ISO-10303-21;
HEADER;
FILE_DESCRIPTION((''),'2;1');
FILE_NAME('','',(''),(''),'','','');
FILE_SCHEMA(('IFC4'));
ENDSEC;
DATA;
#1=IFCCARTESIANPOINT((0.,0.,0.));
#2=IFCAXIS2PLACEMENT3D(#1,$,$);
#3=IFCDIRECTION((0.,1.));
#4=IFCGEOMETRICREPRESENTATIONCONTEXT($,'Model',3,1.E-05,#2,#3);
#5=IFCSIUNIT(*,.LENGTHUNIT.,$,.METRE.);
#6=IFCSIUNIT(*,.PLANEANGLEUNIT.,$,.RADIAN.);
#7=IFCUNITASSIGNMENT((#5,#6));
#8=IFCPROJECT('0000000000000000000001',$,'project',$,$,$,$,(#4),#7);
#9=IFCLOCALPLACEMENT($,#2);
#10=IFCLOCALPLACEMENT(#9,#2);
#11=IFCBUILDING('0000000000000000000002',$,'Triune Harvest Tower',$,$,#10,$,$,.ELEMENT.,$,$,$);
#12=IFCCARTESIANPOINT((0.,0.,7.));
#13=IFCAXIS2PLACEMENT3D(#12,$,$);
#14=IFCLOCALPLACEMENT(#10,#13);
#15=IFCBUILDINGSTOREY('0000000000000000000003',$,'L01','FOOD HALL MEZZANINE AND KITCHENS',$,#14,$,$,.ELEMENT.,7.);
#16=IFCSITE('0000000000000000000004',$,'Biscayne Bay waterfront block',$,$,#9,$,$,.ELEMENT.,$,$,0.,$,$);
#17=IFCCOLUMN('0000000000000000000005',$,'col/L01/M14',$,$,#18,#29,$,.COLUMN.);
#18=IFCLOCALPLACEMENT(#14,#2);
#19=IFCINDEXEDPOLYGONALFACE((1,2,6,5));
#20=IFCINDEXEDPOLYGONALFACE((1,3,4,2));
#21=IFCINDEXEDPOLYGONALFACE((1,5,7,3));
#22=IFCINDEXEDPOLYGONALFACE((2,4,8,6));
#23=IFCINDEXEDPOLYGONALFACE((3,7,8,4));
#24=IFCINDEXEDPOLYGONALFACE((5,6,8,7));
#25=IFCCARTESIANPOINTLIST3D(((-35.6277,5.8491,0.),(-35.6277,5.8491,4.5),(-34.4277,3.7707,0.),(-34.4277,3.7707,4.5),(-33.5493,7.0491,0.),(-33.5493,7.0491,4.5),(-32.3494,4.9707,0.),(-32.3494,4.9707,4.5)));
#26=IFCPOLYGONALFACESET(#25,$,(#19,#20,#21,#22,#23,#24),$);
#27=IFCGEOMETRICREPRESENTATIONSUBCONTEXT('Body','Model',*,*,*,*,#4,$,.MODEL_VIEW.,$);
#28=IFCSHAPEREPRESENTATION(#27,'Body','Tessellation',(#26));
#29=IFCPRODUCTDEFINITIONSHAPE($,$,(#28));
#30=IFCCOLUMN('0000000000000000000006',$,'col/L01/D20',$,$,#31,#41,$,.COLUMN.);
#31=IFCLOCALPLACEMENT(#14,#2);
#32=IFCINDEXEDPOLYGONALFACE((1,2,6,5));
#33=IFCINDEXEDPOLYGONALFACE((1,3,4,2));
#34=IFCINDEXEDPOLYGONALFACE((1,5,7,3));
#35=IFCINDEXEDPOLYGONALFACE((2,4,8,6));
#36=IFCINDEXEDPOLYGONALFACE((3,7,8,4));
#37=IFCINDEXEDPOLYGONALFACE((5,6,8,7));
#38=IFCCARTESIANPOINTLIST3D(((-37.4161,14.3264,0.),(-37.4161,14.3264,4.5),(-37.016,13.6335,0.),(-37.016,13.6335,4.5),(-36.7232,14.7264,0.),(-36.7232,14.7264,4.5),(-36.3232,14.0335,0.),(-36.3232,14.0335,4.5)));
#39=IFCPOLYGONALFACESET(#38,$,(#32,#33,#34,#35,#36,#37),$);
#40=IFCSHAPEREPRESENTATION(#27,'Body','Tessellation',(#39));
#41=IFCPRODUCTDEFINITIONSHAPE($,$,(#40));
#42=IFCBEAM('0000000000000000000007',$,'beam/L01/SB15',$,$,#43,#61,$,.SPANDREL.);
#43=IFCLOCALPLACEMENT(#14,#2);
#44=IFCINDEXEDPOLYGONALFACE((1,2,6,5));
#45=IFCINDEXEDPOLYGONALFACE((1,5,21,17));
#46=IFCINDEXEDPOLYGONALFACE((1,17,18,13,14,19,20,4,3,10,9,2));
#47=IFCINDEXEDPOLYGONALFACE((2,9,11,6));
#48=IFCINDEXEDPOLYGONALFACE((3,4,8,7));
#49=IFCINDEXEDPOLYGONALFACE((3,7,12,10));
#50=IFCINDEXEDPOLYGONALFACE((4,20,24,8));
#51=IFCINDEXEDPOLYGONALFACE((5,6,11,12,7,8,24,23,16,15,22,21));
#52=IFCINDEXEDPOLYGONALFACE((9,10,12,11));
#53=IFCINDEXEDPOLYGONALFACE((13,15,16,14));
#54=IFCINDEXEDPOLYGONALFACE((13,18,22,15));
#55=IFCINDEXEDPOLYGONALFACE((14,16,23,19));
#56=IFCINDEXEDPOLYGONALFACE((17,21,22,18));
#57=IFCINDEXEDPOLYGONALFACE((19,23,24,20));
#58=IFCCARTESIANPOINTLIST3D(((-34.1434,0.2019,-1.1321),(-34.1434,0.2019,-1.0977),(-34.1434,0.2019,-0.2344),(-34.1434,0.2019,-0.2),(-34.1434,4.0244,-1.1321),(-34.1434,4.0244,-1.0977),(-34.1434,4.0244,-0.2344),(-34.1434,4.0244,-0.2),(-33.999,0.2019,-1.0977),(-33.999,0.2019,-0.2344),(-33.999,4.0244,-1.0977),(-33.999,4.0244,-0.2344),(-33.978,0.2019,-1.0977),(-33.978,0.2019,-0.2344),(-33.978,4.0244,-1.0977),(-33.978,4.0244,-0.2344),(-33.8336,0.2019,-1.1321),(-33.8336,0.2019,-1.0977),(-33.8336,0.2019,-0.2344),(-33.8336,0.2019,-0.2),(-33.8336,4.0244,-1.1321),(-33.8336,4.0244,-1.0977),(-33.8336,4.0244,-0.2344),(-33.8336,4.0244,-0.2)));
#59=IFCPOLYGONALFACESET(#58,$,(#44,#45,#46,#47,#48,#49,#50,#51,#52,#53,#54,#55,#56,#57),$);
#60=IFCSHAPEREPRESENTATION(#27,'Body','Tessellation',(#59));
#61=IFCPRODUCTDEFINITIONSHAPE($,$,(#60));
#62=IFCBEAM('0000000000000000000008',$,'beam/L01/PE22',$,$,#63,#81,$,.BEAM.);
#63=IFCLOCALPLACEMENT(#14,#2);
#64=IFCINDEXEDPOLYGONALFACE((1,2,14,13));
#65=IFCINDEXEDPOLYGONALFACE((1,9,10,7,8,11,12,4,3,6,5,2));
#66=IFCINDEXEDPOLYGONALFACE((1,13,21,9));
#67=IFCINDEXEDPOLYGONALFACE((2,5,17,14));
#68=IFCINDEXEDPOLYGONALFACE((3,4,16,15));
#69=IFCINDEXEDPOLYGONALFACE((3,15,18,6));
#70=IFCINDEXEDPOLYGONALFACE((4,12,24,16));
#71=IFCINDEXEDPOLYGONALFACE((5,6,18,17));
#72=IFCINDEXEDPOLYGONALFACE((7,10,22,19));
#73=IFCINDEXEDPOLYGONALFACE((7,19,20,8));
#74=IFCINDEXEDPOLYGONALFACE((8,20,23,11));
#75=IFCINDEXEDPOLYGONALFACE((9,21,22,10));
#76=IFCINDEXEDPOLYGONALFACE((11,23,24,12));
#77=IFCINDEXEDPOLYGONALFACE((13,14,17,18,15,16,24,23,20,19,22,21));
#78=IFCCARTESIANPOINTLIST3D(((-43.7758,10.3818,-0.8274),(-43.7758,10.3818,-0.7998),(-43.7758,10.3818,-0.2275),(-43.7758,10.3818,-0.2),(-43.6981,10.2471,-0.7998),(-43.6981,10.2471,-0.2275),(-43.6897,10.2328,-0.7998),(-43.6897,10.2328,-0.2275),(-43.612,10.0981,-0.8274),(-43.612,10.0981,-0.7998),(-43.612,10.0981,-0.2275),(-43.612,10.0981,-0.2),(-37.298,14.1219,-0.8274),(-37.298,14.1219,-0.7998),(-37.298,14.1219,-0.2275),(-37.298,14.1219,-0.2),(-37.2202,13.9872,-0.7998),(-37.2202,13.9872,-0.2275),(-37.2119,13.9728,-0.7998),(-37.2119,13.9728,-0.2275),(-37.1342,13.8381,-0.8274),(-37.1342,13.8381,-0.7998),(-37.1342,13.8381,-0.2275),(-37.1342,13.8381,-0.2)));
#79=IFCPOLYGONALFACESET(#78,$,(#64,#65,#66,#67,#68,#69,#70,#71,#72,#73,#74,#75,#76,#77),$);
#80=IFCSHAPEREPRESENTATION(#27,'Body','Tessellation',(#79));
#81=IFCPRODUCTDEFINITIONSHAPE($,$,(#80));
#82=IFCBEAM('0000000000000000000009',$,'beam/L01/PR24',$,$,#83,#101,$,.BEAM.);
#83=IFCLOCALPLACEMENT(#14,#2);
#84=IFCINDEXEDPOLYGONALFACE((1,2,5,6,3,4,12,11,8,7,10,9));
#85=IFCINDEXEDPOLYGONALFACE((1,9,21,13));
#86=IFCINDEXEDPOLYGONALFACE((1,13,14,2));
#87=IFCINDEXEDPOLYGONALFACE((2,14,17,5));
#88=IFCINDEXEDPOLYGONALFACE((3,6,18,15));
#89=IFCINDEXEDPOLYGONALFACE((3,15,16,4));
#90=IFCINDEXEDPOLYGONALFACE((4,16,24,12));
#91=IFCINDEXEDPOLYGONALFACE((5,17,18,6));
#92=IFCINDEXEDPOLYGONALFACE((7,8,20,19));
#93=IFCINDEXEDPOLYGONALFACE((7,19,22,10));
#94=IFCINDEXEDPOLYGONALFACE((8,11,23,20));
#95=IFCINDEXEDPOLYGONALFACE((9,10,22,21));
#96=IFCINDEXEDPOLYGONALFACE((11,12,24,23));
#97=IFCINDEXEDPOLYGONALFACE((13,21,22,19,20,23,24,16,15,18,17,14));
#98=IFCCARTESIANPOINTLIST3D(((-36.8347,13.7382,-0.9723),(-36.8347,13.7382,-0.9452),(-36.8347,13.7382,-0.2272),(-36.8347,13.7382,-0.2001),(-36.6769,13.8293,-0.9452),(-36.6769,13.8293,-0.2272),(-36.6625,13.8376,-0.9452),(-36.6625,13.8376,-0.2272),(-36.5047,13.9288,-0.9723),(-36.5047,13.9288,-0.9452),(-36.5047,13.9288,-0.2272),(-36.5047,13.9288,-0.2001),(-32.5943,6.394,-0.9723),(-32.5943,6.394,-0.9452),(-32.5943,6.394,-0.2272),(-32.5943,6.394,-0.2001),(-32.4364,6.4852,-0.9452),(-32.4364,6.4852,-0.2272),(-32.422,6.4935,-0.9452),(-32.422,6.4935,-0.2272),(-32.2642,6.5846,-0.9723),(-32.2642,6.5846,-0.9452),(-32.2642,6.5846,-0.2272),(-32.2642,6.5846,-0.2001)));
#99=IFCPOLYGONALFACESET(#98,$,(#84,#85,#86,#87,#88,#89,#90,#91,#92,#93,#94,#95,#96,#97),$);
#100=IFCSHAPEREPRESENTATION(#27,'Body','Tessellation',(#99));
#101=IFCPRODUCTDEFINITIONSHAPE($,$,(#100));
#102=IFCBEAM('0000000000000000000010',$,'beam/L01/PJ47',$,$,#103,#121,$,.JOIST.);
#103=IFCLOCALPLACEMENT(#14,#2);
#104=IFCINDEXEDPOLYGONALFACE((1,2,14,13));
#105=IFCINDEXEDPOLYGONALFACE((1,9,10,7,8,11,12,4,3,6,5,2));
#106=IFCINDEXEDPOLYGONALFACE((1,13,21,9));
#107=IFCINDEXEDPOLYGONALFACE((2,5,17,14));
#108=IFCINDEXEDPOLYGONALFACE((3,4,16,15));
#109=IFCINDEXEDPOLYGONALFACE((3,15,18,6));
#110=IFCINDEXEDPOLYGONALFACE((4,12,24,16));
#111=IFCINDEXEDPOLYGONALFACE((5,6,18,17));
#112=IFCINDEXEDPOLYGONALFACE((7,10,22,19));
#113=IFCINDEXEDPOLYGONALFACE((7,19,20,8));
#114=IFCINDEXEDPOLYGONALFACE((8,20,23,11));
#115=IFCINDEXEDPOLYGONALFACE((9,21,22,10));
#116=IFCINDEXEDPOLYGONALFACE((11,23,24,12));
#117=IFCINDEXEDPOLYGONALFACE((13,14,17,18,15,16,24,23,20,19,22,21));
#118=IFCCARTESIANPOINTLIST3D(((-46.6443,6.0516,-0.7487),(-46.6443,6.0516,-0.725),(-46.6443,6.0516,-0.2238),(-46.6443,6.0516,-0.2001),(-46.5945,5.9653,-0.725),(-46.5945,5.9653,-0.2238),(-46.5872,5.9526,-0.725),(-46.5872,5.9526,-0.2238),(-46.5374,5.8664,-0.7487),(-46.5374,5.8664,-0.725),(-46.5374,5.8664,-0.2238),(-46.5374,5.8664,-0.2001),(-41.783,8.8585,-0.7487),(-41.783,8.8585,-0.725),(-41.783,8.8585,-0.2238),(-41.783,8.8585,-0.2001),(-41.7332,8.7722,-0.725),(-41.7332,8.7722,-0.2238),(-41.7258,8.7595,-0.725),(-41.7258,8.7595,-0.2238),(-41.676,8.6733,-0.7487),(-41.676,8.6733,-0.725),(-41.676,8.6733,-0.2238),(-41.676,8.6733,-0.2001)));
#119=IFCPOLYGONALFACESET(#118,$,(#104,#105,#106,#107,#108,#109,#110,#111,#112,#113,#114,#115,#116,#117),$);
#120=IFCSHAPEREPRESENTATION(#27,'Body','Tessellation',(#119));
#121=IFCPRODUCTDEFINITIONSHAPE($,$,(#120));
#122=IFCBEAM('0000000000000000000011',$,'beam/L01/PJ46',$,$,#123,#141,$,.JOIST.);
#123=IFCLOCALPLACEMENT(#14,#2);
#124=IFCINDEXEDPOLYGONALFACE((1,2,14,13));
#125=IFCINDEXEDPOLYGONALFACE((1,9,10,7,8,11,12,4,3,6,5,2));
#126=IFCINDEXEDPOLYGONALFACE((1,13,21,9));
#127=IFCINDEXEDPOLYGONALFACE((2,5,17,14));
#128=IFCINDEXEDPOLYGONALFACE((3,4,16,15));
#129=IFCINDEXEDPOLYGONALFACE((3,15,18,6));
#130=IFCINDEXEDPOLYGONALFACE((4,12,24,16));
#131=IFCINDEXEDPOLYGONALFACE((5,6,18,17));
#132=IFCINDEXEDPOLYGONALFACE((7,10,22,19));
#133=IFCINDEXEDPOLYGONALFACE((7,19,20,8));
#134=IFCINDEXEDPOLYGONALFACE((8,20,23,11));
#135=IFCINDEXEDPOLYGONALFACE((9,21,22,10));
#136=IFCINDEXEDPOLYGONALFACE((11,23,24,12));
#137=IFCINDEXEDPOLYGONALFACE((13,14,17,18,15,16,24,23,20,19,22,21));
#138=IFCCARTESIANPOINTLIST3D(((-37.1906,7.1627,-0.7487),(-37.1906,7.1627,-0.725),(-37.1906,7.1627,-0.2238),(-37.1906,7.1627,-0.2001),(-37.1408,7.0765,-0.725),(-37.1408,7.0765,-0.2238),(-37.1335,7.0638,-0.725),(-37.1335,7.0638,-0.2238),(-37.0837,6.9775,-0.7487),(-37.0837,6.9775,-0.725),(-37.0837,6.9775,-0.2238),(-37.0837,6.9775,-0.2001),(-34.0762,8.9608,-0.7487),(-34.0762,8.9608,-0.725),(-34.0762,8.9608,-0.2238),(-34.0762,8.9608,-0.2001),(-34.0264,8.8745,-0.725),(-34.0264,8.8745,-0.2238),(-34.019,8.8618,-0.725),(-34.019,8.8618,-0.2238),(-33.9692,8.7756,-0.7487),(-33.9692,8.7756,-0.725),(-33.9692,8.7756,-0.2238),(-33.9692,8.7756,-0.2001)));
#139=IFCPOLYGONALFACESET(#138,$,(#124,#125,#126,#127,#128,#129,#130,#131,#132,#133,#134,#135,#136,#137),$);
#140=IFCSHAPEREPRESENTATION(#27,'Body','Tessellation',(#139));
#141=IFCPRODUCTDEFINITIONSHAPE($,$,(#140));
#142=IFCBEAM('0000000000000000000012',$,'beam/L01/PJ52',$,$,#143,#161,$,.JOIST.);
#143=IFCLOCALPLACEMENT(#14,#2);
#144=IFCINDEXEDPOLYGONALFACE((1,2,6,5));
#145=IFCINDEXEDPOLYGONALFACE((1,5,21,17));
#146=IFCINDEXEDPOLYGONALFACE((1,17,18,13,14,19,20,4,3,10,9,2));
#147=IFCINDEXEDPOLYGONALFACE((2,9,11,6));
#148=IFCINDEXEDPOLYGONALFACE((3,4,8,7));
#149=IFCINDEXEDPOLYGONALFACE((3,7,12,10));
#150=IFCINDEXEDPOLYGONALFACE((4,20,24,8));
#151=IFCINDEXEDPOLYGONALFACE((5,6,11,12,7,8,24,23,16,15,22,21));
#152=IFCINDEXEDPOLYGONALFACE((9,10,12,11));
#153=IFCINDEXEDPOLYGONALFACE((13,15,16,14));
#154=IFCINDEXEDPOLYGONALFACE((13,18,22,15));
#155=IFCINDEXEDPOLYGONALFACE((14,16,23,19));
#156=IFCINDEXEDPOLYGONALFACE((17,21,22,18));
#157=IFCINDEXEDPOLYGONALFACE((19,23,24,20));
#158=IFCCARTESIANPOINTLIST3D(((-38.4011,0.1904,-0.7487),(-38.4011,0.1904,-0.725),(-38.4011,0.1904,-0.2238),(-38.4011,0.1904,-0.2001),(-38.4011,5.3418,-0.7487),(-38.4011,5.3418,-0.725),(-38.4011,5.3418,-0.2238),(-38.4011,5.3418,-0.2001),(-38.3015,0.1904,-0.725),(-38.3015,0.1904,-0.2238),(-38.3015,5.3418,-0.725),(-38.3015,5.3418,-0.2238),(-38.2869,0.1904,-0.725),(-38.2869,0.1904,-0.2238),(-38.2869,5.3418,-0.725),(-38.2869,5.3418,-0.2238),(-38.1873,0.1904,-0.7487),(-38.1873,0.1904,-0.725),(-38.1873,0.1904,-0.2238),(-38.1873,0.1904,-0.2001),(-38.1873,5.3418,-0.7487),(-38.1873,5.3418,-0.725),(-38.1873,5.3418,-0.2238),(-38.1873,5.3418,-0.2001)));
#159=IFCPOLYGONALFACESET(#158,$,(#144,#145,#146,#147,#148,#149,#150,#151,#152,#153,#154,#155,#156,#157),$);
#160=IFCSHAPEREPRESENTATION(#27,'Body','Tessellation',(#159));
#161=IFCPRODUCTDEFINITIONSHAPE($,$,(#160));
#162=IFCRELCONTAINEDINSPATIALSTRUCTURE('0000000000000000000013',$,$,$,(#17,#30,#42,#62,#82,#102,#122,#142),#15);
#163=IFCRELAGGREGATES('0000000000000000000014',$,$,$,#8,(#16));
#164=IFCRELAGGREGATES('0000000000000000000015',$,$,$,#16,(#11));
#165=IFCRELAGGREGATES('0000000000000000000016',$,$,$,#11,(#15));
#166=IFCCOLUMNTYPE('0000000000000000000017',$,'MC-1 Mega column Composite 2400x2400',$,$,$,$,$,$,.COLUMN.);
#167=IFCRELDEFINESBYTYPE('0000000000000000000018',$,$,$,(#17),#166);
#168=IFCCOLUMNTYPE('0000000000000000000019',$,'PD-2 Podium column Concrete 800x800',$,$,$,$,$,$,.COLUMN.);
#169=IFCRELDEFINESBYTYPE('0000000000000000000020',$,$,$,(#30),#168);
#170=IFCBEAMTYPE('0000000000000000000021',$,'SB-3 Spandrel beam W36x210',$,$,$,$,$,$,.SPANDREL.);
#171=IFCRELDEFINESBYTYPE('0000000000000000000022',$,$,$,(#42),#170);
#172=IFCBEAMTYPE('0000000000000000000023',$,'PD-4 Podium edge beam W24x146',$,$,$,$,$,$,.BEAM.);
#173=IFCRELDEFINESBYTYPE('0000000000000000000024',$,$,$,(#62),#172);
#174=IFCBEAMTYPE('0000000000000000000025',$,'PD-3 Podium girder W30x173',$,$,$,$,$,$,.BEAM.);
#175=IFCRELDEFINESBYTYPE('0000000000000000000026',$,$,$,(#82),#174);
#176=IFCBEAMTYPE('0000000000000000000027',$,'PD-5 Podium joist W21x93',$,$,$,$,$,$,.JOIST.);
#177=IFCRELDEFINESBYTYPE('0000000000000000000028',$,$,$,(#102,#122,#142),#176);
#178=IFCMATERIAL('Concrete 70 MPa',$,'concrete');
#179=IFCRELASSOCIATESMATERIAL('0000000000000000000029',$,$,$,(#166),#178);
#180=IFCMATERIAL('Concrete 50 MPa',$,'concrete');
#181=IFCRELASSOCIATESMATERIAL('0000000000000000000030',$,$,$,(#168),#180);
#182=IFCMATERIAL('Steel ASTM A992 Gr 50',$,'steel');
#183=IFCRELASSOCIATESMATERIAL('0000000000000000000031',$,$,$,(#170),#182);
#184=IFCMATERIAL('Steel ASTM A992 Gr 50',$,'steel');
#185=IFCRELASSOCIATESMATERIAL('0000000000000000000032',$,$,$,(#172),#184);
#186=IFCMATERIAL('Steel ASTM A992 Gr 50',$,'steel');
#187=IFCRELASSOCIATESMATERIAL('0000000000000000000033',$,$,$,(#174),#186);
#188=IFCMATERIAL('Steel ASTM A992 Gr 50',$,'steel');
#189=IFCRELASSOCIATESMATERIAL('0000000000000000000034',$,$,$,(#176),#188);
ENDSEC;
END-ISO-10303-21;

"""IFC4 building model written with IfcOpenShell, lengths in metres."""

from ifc_helpers import new_model, si_unit, direction, frame, origin, origin_2d, place, context, subcontext, project, spatial, rectangle, i_section, extrude, source, transform, mapped, material, material_profile, profile_set, type_object, element, save


model = new_model("IFC4")

# Units and contexts
model_context = context("Model", 3, precision=1e-05, world=origin(), true_north=direction((0.0, 1.0)))
body_context = subcontext(model_context, "Body", "Model", "MODEL_VIEW")
ifc_project = project(units=[si_unit("LENGTHUNIT", "METRE"), si_unit("PLANEANGLEUNIT", "RADIAN")], contexts=[model_context])

# Site, building, storey
site_placement = place(None, origin())
site = spatial("IfcSite", under=ifc_project, at=site_placement, Name="Biscayne Bay waterfront block", CompositionType="ELEMENT", RefElevation=0.0)
building_placement = place(site_placement, origin())
building = spatial("IfcBuilding", under=site, at=building_placement, Name="Triune Harvest Tower", CompositionType="ELEMENT")
storey_placement = place(building_placement, frame((0.0, 0.0, 7.0)))
storey = spatial("IfcBuildingStorey", under=building, at=storey_placement, Name="L01", Description="FOOD HALL MEZZANINE AND KITCHENS", CompositionType="ELEMENT", Elevation=7.0)

# Columns
ifc_material_1 = material(Name="Concrete 70 MPa", Category="concrete")
ifc_material_profile_1 = material_profile(ifc_material_1, rectangle(XDim=2.3999, YDim=2.3999, at=origin_2d()), Name="Composite 2400x2400")
ifc_profile_set_1 = profile_set([ifc_material_profile_1], Name="Concrete 70 MPa")
column_type_1 = type_object("IfcColumnType", Name="MC-1 Mega column Composite 2400x2400", PredefinedType="COLUMN", material=ifc_profile_set_1)
shared_shape_1 = source(origin(), body_context, "Body", "SweptSolid", [
    extrude(rectangle(XDim=2.3999, YDim=2.3999, at=origin_2d()), origin(), (0.0, 0.0, 1.0), 4.5),
])
column_1_placement = place(storey_placement, frame((-33.9885, 5.4099, 0.0), z_axis=(0.0, 0.0, 1.0), x_axis=(-0.866025, -0.5, 0.0)))
element("IfcColumn", 1, at=column_1_placement, inside=storey, type_object=column_type_1, Name="col/L01/M14", PredefinedType="COLUMN", context=body_context, shape_type="MappedRepresentation", body=[
    mapped(shared_shape_1, transform((0.0, 0.0, 0.0), scale=1.0)),
])
ifc_material_2 = material(Name="Concrete 50 MPa", Category="concrete")
ifc_material_profile_2 = material_profile(ifc_material_2, rectangle(XDim=0.8, YDim=0.8, at=origin_2d()), Name="Concrete 800x800")
ifc_profile_set_2 = profile_set([ifc_material_profile_2], Name="Concrete 50 MPa")
column_type_2 = type_object("IfcColumnType", Name="PD-2 Podium column Concrete 800x800", PredefinedType="COLUMN", material=ifc_profile_set_2)
shared_shape_2 = source(origin(), body_context, "Body", "SweptSolid", [
    extrude(rectangle(XDim=0.8, YDim=0.8, at=origin_2d()), origin(), (0.0, 0.0, 1.0), 4.5),
])
column_2_placement = place(storey_placement, frame((-36.8696, 14.1799, 0.0), z_axis=(0.0, 0.0, 1.0), x_axis=(-0.866025, -0.5, 0.0)))
element("IfcColumn", 2, at=column_2_placement, inside=storey, type_object=column_type_2, Name="col/L01/D20", PredefinedType="COLUMN", context=body_context, shape_type="MappedRepresentation", body=[
    mapped(shared_shape_2, transform((0.0, 0.0, 0.0), scale=1.0)),
])

# Beams
ifc_material_3 = material(Name="Steel ASTM A992 Gr 50", Category="steel")
ifc_material_profile_3 = material_profile(ifc_material_3, i_section(OverallWidth=0.3098, OverallDepth=0.9321, WebThickness=0.021, FlangeThickness=0.0344, at=origin_2d()), Name="W36x210")
ifc_profile_set_3 = profile_set([ifc_material_profile_3], Name="Steel ASTM A992 Gr 50")
beam_type_1 = type_object("IfcBeamType", Name="SB-3 Spandrel beam W36x210", PredefinedType="SPANDREL", material=ifc_profile_set_3)
shared_shape_3 = source(origin(), body_context, "Body", "SweptSolid", [
    extrude(i_section(OverallWidth=0.3098, OverallDepth=0.9321, WebThickness=0.021, FlangeThickness=0.0344, at=origin_2d()), origin(), (0.0, 0.0, 1.0), 3.8225),
])
beam_1_placement = place(storey_placement, frame((-33.9885, 4.0244, -0.666), z_axis=(0.0, -1.0, 0.0), x_axis=(1.0, 0.0, 0.0)))
element("IfcBeam", 3, at=beam_1_placement, inside=storey, type_object=beam_type_1, Name="beam/L01/SB15", PredefinedType="SPANDREL", context=body_context, shape_type="MappedRepresentation", body=[
    mapped(shared_shape_3, transform((0.0, 0.0, 0.0), scale=1.0)),
])
ifc_material_4 = material(Name="Steel ASTM A992 Gr 50", Category="steel")
ifc_material_profile_4 = material_profile(ifc_material_4, i_section(OverallWidth=0.3276, OverallDepth=0.6274, WebThickness=0.0166, FlangeThickness=0.0276, at=origin_2d()), Name="W24x146")
ifc_profile_set_4 = profile_set([ifc_material_profile_4], Name="Steel ASTM A992 Gr 50")
beam_type_2 = type_object("IfcBeamType", Name="PD-4 Podium edge beam W24x146", PredefinedType="BEAM", material=ifc_profile_set_4)
shared_shape_4 = source(origin(), body_context, "Body", "SweptSolid", [
    extrude(i_section(OverallWidth=0.3276, OverallDepth=0.6274, WebThickness=0.0166, FlangeThickness=0.0276, at=origin_2d()), origin(), (0.0, 0.0, 1.0), 7.48),
])
beam_2_placement = place(storey_placement, frame((-37.2161, 13.98, -0.5137), z_axis=(-0.866023, -0.500004, 0.0), x_axis=(0.500004, -0.866023, 0.0)))
element("IfcBeam", 4, at=beam_2_placement, inside=storey, type_object=beam_type_2, Name="beam/L01/PE22", PredefinedType="BEAM", context=body_context, shape_type="MappedRepresentation", body=[
    mapped(shared_shape_4, transform((0.0, 0.0, 0.0), scale=1.0)),
])
ifc_material_5 = material(Name="Steel ASTM A992 Gr 50", Category="steel")
ifc_material_profile_5 = material_profile(ifc_material_5, i_section(OverallWidth=0.3811, OverallDepth=0.7722, WebThickness=0.0166, FlangeThickness=0.0271, at=origin_2d()), Name="W30x173")
ifc_profile_set_5 = profile_set([ifc_material_profile_5], Name="Steel ASTM A992 Gr 50")
beam_type_3 = type_object("IfcBeamType", Name="PD-3 Podium girder W30x173", PredefinedType="BEAM", material=ifc_profile_set_5)
shared_shape_5 = source(origin(), body_context, "Body", "SweptSolid", [
    extrude(i_section(OverallWidth=0.3811, OverallDepth=0.7722, WebThickness=0.0166, FlangeThickness=0.0271, at=origin_2d()), origin(), (0.0, 0.0, 1.0), 8.4805),
])
beam_3_placement = place(storey_placement, frame((-36.6697, 13.8335, -0.5862), z_axis=(0.500025, -0.866011, 0.0), x_axis=(0.866011, 0.500025, 0.0)))
element("IfcBeam", 5, at=beam_3_placement, inside=storey, type_object=beam_type_3, Name="beam/L01/PR24", PredefinedType="BEAM", context=body_context, shape_type="MappedRepresentation", body=[
    mapped(shared_shape_5, transform((0.0, 0.0, 0.0), scale=1.0)),
])
ifc_material_6 = material(Name="Steel ASTM A992 Gr 50", Category="steel")
ifc_material_profile_6 = material_profile(ifc_material_6, i_section(OverallWidth=0.2139, OverallDepth=0.5486, WebThickness=0.0146, FlangeThickness=0.0237, at=origin_2d()), Name="W21x93")
ifc_profile_set_6 = profile_set([ifc_material_profile_6], Name="Steel ASTM A992 Gr 50")
beam_type_4 = type_object("IfcBeamType", Name="PD-5 Podium joist W21x93", PredefinedType="JOIST", material=ifc_profile_set_6)
shared_shape_6 = source(origin(), body_context, "Body", "SweptSolid", [
    extrude(i_section(OverallWidth=0.2139, OverallDepth=0.5486, WebThickness=0.0146, FlangeThickness=0.0237, at=origin_2d()), origin(), (0.0, 0.0, 1.0), 5.6135),
])
beam_4_placement = place(storey_placement, frame((-41.7295, 8.7659, -0.4744), z_axis=(-0.86601, -0.500026, 0.0), x_axis=(0.500026, -0.86601, 0.0)))
element("IfcBeam", 6, at=beam_4_placement, inside=storey, type_object=beam_type_4, Name="beam/L01/PJ47", PredefinedType="JOIST", context=body_context, shape_type="MappedRepresentation", body=[
    mapped(shared_shape_6, transform((0.0, 0.0, 0.0), scale=1.0)),
])
shared_shape_7 = source(origin(), body_context, "Body", "SweptSolid", [
    extrude(i_section(OverallWidth=0.2139, OverallDepth=0.5486, WebThickness=0.0146, FlangeThickness=0.0237, at=origin_2d()), origin(), (0.0, 0.0, 1.0), 3.5962),
])
beam_5_placement = place(storey_placement, frame((-34.0227, 8.8682, -0.4744), z_axis=(-0.866033, -0.499987, 0.0), x_axis=(0.499987, -0.866033, 0.0)))
element("IfcBeam", 7, at=beam_5_placement, inside=storey, type_object=beam_type_4, Name="beam/L01/PJ46", PredefinedType="JOIST", context=body_context, shape_type="MappedRepresentation", body=[
    mapped(shared_shape_7, transform((0.0, 0.0, 0.0), scale=1.0)),
])
shared_shape_8 = source(origin(), body_context, "Body", "SweptSolid", [
    extrude(i_section(OverallWidth=0.2139, OverallDepth=0.5486, WebThickness=0.0146, FlangeThickness=0.0237, at=origin_2d()), origin(), (0.0, 0.0, 1.0), 5.1514),
])
beam_6_placement = place(storey_placement, frame((-38.2942, 5.3418, -0.4744), z_axis=(0.0, -1.0, 0.0), x_axis=(1.0, 0.0, 0.0)))
element("IfcBeam", 8, at=beam_6_placement, inside=storey, type_object=beam_type_4, Name="beam/L01/PJ52", PredefinedType="JOIST", context=body_context, shape_type="MappedRepresentation", body=[
    mapped(shared_shape_8, transform((0.0, 0.0, 0.0), scale=1.0)),
])

save(model, "model.ifc")
